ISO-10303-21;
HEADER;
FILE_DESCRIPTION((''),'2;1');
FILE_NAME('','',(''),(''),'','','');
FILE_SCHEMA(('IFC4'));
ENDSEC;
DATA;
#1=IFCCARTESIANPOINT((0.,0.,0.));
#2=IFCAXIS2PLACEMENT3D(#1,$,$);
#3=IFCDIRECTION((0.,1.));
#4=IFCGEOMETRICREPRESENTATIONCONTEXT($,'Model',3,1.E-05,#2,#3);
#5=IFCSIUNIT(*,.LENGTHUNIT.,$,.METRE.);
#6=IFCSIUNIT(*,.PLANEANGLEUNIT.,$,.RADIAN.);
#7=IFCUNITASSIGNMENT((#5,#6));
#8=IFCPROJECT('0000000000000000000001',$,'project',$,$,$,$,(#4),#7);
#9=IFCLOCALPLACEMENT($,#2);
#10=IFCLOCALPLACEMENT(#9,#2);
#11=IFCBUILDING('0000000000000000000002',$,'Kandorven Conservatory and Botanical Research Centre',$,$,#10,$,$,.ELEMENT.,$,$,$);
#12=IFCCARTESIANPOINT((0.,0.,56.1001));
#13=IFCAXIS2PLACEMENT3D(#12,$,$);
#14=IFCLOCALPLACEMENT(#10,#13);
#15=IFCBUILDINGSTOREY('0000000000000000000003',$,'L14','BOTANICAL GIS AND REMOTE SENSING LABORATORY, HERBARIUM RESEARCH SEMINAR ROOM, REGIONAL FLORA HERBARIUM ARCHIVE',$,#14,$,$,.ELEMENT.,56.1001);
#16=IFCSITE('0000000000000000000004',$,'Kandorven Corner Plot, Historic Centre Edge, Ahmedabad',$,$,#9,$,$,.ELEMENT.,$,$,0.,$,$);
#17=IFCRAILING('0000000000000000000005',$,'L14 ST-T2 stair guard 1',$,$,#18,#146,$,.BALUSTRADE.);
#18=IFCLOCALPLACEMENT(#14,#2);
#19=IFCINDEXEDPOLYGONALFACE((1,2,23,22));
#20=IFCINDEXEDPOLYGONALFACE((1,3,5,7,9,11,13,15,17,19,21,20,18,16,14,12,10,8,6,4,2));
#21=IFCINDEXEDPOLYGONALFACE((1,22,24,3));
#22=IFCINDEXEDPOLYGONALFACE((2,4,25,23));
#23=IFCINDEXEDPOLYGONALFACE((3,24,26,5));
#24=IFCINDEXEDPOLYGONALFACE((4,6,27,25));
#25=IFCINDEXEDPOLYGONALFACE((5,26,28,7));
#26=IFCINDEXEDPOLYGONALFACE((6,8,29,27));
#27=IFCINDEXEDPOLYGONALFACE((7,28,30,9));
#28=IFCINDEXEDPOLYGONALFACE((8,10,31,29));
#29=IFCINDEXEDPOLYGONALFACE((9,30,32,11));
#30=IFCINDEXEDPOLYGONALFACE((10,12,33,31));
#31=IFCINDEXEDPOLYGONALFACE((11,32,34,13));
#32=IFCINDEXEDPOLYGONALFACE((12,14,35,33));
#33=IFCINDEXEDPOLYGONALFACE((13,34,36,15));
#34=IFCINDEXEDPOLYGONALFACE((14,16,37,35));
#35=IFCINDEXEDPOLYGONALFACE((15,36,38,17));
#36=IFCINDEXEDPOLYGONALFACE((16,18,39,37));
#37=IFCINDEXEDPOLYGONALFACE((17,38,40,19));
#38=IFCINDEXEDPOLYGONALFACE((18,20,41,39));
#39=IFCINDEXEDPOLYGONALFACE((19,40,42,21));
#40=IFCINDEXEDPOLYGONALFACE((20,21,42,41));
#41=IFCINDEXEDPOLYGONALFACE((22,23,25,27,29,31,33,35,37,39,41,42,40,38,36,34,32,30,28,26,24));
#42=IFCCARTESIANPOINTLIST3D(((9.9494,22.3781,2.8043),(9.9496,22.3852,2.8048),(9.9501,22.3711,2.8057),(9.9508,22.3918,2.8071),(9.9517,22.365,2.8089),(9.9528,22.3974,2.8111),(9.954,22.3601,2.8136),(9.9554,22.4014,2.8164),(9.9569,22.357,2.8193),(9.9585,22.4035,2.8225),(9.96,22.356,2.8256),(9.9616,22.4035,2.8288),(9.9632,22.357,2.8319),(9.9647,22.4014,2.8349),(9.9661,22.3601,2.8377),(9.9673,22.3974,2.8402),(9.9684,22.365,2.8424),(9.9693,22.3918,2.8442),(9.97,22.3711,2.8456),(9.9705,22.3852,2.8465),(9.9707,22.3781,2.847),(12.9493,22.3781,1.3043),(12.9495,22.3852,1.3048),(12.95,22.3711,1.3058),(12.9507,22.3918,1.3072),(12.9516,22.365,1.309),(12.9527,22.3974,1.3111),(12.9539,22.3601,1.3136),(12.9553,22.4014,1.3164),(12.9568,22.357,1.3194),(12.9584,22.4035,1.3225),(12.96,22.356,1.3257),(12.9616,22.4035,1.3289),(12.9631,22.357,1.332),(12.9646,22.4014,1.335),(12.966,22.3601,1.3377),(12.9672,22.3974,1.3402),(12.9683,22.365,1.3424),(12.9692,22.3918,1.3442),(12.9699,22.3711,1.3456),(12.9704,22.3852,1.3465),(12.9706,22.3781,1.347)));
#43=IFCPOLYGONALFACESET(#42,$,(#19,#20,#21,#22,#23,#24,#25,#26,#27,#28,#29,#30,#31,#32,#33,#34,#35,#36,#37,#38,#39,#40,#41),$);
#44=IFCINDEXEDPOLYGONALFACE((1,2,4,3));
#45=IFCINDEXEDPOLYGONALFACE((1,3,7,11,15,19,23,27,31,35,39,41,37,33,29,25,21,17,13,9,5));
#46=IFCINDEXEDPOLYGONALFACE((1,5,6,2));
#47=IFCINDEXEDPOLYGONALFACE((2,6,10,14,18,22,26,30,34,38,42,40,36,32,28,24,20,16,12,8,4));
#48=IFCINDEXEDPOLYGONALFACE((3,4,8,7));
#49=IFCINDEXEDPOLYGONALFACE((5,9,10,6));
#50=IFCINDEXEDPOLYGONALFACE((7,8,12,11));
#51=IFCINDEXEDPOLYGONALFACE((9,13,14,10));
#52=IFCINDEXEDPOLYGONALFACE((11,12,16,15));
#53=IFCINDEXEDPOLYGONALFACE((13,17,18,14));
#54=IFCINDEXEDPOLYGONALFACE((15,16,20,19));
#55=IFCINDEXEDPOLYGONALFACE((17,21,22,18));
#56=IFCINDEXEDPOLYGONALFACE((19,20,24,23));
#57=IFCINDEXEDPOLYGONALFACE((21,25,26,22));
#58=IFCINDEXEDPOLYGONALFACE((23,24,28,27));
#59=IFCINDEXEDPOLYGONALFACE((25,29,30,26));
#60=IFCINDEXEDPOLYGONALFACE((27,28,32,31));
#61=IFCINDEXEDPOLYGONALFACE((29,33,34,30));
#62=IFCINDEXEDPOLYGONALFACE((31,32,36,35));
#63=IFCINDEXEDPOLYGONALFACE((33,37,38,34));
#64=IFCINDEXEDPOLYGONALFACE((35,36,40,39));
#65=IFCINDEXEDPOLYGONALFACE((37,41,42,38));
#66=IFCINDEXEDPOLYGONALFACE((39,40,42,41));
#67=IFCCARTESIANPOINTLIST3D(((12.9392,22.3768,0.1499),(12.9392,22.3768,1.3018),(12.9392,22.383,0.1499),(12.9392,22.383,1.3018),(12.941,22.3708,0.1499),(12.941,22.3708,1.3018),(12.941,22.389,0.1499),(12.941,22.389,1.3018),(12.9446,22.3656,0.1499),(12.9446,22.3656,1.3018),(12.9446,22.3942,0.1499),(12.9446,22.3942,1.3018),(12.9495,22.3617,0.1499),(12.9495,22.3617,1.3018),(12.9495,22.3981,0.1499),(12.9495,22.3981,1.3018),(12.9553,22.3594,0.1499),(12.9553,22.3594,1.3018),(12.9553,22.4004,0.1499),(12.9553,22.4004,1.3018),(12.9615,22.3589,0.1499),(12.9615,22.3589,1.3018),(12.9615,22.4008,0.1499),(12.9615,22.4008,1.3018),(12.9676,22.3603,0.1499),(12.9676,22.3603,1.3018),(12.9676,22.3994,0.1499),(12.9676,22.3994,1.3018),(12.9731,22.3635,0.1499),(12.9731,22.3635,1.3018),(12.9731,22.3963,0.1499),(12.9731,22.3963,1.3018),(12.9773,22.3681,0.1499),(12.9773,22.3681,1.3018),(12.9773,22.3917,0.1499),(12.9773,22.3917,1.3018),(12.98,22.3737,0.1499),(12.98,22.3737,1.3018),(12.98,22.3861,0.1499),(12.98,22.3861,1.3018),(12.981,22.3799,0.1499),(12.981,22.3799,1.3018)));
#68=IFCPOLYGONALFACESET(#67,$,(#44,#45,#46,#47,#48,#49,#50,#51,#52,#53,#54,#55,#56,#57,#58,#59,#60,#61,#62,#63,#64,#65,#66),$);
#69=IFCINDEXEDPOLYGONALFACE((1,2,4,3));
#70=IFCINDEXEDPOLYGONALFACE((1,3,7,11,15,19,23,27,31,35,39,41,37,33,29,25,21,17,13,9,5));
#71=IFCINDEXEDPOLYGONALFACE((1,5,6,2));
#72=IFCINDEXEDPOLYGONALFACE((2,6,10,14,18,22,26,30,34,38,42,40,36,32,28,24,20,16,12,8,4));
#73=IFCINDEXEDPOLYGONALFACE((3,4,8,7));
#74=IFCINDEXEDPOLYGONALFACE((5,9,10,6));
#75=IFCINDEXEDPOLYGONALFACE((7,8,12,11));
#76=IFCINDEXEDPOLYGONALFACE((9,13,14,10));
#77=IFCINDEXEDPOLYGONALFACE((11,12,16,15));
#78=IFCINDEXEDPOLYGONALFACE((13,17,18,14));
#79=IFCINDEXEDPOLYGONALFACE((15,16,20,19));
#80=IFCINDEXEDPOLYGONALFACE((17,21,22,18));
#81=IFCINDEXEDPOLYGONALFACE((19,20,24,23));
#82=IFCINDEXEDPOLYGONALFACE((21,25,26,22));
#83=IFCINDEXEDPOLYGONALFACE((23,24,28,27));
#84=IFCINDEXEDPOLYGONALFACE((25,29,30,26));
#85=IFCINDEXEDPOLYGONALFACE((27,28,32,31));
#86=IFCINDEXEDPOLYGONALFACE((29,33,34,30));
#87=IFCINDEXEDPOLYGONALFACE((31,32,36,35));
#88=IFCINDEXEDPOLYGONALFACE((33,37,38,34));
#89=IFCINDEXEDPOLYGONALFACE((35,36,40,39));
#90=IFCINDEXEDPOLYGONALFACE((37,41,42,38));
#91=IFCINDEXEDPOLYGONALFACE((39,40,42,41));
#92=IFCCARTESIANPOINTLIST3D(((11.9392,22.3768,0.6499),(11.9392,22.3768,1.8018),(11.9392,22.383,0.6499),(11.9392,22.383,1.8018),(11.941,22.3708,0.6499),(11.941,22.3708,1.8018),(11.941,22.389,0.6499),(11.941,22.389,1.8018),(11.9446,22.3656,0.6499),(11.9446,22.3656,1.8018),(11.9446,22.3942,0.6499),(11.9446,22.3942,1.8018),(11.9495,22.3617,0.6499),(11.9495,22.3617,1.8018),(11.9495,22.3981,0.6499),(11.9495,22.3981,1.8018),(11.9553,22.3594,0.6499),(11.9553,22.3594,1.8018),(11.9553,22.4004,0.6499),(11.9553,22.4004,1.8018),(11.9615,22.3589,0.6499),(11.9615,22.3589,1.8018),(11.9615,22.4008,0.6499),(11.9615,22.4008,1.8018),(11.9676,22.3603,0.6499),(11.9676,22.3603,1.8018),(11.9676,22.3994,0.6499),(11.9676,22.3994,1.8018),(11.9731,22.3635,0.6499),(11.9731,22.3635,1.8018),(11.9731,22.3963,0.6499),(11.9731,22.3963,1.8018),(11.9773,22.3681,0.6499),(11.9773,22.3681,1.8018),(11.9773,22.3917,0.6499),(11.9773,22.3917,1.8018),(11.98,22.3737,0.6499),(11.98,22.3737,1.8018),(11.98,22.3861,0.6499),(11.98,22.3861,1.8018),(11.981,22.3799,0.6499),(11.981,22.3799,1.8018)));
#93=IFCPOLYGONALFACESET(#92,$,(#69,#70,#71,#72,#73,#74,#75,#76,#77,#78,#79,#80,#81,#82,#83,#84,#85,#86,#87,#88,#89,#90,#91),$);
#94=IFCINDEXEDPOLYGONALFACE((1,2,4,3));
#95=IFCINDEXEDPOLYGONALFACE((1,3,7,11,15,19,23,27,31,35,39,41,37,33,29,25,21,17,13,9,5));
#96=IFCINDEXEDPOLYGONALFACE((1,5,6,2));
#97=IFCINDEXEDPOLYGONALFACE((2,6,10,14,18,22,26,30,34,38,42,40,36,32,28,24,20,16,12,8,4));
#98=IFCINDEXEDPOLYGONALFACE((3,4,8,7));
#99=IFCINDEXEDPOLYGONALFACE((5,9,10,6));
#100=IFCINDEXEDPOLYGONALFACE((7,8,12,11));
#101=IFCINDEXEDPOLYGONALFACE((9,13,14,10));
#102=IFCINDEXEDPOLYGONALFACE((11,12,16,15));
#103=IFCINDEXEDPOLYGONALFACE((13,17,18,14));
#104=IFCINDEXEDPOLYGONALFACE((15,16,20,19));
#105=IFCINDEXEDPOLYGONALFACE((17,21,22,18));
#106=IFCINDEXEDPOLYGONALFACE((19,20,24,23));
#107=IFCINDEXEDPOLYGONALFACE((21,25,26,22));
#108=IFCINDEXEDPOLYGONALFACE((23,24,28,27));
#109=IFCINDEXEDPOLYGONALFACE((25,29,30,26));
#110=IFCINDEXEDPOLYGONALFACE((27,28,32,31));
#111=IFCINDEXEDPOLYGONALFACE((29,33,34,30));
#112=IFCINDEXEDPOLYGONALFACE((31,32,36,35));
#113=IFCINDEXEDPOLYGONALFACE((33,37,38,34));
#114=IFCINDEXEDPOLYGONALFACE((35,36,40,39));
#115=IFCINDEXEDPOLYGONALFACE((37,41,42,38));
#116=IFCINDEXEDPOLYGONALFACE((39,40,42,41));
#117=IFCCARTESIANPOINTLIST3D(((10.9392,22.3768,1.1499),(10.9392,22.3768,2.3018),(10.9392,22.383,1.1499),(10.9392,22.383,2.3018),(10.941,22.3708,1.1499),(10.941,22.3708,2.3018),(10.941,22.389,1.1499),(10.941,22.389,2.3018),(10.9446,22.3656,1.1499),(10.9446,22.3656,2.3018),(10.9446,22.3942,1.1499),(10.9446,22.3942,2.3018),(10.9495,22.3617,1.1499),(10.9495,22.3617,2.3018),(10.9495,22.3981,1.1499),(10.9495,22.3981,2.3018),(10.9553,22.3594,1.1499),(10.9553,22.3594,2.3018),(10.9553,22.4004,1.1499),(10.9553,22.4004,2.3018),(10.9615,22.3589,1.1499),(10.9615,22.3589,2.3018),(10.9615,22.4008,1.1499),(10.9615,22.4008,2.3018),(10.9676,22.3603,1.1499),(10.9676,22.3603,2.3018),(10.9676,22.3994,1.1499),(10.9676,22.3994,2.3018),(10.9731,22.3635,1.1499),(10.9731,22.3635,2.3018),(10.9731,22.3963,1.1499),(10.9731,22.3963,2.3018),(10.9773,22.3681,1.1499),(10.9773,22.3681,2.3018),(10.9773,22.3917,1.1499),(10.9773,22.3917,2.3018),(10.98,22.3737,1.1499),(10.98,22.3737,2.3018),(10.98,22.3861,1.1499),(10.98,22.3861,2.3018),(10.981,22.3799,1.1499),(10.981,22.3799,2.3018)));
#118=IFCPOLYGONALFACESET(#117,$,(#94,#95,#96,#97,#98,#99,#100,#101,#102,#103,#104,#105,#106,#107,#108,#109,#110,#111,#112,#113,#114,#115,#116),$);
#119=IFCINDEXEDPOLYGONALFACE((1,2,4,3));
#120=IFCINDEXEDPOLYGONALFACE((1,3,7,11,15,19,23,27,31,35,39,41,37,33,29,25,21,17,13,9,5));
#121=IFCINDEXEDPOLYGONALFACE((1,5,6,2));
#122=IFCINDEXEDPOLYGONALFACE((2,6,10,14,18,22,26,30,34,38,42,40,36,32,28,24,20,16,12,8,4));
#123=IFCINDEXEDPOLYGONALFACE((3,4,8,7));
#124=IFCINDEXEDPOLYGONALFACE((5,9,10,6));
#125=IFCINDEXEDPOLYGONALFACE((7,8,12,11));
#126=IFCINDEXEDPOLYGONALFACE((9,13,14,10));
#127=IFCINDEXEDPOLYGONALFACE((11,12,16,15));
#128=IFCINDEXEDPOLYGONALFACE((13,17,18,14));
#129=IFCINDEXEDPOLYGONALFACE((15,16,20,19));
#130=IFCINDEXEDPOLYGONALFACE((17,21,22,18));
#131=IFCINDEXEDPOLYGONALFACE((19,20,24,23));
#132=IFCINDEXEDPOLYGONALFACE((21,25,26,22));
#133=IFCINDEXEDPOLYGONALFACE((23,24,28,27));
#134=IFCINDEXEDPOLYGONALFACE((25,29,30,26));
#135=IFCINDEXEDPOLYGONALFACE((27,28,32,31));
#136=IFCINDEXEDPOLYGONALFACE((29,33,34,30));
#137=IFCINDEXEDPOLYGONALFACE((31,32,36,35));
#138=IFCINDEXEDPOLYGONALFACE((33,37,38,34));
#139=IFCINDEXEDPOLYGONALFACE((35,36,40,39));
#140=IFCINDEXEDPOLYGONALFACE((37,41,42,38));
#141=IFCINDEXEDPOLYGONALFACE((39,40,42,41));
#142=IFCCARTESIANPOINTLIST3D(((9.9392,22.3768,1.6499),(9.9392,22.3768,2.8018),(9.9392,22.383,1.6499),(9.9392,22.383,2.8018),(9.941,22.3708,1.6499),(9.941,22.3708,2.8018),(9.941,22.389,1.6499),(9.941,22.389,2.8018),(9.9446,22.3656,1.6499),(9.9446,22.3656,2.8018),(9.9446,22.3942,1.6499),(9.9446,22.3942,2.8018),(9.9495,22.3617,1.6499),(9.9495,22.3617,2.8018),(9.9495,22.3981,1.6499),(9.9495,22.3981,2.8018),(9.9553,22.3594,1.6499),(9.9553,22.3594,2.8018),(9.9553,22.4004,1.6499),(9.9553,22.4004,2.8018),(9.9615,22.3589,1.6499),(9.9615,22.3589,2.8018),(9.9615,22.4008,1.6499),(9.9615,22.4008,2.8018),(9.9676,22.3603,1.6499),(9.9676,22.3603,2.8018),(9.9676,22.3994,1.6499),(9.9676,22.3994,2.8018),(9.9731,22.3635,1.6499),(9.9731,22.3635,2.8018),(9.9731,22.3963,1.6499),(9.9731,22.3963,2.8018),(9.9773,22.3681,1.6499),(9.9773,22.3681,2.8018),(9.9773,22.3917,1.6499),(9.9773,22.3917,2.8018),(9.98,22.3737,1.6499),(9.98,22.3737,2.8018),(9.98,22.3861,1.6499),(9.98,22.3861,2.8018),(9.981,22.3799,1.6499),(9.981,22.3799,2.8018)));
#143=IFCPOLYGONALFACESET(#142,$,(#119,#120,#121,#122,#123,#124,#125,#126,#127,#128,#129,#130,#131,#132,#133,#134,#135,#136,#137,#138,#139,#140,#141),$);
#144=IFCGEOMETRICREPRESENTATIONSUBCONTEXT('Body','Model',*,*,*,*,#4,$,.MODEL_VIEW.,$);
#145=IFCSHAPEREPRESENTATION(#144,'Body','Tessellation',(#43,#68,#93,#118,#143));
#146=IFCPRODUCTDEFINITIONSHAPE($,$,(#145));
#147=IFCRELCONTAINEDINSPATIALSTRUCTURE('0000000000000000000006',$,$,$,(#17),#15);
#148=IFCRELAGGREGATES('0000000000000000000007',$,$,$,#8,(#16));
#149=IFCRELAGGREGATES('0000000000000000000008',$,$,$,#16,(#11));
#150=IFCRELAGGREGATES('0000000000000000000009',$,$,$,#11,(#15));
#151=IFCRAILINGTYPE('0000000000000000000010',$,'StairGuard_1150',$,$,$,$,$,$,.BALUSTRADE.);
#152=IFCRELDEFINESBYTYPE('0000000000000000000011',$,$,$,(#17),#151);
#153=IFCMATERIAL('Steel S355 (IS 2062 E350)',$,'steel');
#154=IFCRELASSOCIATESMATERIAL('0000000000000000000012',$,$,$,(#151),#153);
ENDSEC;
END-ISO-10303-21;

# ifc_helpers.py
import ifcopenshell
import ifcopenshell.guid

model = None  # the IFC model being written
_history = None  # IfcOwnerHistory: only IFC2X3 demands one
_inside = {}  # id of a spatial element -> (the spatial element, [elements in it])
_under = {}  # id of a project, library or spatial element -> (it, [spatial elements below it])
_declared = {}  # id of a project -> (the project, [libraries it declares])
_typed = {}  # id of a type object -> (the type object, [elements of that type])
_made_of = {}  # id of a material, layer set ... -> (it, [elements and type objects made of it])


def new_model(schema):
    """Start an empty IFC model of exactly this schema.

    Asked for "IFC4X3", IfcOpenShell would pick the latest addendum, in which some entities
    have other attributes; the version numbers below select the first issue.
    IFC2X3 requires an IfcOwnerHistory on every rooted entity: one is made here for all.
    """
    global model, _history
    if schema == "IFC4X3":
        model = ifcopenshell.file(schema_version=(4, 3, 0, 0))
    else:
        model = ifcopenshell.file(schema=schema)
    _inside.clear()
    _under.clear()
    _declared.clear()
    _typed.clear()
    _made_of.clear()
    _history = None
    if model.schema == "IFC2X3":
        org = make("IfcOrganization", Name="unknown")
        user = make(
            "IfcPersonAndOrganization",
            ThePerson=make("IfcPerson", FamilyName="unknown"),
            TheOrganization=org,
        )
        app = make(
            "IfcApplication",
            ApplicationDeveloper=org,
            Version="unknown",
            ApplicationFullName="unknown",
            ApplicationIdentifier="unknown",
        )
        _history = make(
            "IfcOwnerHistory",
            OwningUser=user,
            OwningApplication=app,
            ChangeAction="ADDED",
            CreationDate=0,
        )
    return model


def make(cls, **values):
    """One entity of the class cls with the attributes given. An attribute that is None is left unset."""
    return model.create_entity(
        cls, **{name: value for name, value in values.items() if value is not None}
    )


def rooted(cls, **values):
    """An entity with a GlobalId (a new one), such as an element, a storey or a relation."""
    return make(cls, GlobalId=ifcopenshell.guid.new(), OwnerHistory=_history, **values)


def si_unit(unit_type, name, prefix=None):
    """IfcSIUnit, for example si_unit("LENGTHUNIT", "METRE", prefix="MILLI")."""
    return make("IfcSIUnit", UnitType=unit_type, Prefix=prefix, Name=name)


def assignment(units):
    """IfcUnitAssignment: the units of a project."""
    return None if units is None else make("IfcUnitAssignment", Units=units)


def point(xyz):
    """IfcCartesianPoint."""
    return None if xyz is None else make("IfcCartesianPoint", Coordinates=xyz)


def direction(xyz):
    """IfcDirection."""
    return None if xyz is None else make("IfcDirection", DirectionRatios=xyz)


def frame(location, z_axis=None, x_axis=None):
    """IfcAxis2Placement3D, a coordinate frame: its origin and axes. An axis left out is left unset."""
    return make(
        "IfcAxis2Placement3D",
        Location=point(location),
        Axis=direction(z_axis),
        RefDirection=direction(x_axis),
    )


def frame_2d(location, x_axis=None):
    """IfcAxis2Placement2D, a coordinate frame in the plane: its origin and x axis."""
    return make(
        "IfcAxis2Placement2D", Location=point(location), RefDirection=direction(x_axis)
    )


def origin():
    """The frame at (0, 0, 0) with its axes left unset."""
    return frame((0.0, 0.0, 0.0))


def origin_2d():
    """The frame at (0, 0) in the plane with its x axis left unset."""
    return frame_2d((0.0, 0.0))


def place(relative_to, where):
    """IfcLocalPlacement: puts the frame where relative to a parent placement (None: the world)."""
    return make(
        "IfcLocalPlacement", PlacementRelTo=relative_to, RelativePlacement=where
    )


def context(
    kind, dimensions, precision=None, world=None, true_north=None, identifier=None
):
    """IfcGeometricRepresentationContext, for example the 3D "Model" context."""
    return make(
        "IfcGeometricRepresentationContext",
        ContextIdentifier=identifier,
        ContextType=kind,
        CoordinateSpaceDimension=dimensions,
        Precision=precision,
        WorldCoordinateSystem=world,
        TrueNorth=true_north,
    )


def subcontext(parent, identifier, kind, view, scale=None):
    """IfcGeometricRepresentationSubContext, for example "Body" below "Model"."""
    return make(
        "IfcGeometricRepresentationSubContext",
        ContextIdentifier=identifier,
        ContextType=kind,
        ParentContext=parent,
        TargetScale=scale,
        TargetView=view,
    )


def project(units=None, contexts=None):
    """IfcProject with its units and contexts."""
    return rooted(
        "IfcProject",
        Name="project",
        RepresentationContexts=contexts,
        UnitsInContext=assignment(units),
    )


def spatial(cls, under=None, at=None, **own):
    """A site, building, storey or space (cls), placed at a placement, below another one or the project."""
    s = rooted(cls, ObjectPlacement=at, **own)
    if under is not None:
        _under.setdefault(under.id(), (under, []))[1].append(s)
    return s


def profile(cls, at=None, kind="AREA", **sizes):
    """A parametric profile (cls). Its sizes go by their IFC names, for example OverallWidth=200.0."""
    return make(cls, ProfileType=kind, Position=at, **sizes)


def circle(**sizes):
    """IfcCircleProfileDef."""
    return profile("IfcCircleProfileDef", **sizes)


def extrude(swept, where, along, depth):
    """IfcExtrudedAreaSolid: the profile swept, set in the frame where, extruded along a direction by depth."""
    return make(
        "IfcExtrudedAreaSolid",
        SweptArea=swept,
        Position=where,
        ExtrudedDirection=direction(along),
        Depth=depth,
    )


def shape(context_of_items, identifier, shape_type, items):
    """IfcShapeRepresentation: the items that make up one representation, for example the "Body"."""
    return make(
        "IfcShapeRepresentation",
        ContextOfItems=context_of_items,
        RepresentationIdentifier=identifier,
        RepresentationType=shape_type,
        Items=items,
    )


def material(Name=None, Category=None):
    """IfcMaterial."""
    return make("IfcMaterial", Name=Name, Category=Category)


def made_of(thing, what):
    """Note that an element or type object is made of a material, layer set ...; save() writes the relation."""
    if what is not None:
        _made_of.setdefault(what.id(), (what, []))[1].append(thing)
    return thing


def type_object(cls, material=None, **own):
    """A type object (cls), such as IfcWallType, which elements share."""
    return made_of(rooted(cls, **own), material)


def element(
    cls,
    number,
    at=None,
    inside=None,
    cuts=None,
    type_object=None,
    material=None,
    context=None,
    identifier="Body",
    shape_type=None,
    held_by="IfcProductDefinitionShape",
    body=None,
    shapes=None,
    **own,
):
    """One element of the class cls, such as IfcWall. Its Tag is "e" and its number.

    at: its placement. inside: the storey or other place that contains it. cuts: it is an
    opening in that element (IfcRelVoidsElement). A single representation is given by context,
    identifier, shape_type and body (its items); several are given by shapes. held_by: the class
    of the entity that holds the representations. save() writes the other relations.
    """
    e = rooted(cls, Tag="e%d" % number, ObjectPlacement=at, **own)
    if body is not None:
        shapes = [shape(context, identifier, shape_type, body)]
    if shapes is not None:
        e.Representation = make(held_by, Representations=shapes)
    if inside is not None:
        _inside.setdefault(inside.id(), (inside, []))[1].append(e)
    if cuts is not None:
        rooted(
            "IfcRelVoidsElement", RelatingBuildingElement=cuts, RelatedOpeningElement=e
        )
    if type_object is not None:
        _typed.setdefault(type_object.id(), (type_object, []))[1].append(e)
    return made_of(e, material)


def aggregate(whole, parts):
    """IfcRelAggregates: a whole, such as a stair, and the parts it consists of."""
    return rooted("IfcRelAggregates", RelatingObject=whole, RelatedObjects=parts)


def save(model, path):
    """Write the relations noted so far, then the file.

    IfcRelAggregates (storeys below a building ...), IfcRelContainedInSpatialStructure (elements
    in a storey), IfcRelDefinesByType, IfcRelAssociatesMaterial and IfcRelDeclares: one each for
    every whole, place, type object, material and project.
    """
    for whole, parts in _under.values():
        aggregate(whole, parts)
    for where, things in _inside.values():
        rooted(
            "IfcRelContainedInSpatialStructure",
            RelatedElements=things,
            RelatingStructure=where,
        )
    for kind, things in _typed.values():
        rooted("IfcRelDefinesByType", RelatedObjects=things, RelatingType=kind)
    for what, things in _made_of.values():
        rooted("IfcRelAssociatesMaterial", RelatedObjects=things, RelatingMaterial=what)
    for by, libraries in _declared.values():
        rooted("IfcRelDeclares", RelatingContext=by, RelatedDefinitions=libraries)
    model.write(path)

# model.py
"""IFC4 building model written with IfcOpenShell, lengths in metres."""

from ifc_helpers import new_model, si_unit, direction, frame, origin, origin_2d, place, context, subcontext, project, spatial, circle, extrude, material, type_object, element, save


model = new_model("IFC4")

# Units and contexts
model_context = context("Model", 3, precision=1e-05, world=origin(), true_north=direction((0.0, 1.0)))
body_context = subcontext(model_context, "Body", "Model", "MODEL_VIEW")
ifc_project = project(units=[si_unit("LENGTHUNIT", "METRE"), si_unit("PLANEANGLEUNIT", "RADIAN")], contexts=[model_context])

# Site, building, storey
site_placement = place(None, origin())
site = spatial("IfcSite", under=ifc_project, at=site_placement, Name="Kandorven Corner Plot, Historic Centre Edge, Ahmedabad", CompositionType="ELEMENT", RefElevation=0.0)
building_placement = place(site_placement, origin())
building = spatial("IfcBuilding", under=site, at=building_placement, Name="Kandorven Conservatory and Botanical Research Centre", CompositionType="ELEMENT")
storey_placement = place(building_placement, frame((0.0, 0.0, 56.1001)))
storey = spatial("IfcBuildingStorey", under=building, at=storey_placement, Name="L14", Description="BOTANICAL GIS AND REMOTE SENSING LABORATORY, HERBARIUM RESEARCH SEMINAR ROOM, REGIONAL FLORA HERBARIUM ARCHIVE", CompositionType="ELEMENT", Elevation=56.1001)

# Railing
ifc_material_1 = material(Name="Steel S355 (IS 2062 E350)", Category="steel")
railing_type_1 = type_object("IfcRailingType", Name="StairGuard_1150", PredefinedType="BALUSTRADE", material=ifc_material_1)
railing_1_placement = place(storey_placement, frame((12.96, 22.3799, 0.1499)))
element("IfcRailing", 1, at=railing_1_placement, inside=storey, type_object=railing_type_1, Name="L14 ST-T2 stair guard 1", PredefinedType="BALUSTRADE", context=body_context, shape_type="SweptSolid", body=[
    extrude(circle(Radius=0.0239, at=origin_2d()), frame((0.0, 0.0, 1.1758), z_axis=(-0.894427, 0.0, 0.447214), x_axis=(0.0, -1.0, 0.0)), (0.0, 0.0, 1.0), 3.354),
    extrude(circle(Radius=0.021, at=origin_2d()), origin(), (0.0, 0.0, 1.0), 1.1519),
    extrude(circle(Radius=0.021, at=origin_2d()), frame((-1.0, 0.0, 0.5)), (0.0, 0.0, 1.0), 1.1519),
    extrude(circle(Radius=0.021, at=origin_2d()), frame((-2.0, 0.0, 1.0)), (0.0, 0.0, 1.0), 1.1519),
    extrude(circle(Radius=0.021, at=origin_2d()), frame((-3.0, 0.0, 1.5)), (0.0, 0.0, 1.0), 1.1519),
])

save(model, "model.ifc")
